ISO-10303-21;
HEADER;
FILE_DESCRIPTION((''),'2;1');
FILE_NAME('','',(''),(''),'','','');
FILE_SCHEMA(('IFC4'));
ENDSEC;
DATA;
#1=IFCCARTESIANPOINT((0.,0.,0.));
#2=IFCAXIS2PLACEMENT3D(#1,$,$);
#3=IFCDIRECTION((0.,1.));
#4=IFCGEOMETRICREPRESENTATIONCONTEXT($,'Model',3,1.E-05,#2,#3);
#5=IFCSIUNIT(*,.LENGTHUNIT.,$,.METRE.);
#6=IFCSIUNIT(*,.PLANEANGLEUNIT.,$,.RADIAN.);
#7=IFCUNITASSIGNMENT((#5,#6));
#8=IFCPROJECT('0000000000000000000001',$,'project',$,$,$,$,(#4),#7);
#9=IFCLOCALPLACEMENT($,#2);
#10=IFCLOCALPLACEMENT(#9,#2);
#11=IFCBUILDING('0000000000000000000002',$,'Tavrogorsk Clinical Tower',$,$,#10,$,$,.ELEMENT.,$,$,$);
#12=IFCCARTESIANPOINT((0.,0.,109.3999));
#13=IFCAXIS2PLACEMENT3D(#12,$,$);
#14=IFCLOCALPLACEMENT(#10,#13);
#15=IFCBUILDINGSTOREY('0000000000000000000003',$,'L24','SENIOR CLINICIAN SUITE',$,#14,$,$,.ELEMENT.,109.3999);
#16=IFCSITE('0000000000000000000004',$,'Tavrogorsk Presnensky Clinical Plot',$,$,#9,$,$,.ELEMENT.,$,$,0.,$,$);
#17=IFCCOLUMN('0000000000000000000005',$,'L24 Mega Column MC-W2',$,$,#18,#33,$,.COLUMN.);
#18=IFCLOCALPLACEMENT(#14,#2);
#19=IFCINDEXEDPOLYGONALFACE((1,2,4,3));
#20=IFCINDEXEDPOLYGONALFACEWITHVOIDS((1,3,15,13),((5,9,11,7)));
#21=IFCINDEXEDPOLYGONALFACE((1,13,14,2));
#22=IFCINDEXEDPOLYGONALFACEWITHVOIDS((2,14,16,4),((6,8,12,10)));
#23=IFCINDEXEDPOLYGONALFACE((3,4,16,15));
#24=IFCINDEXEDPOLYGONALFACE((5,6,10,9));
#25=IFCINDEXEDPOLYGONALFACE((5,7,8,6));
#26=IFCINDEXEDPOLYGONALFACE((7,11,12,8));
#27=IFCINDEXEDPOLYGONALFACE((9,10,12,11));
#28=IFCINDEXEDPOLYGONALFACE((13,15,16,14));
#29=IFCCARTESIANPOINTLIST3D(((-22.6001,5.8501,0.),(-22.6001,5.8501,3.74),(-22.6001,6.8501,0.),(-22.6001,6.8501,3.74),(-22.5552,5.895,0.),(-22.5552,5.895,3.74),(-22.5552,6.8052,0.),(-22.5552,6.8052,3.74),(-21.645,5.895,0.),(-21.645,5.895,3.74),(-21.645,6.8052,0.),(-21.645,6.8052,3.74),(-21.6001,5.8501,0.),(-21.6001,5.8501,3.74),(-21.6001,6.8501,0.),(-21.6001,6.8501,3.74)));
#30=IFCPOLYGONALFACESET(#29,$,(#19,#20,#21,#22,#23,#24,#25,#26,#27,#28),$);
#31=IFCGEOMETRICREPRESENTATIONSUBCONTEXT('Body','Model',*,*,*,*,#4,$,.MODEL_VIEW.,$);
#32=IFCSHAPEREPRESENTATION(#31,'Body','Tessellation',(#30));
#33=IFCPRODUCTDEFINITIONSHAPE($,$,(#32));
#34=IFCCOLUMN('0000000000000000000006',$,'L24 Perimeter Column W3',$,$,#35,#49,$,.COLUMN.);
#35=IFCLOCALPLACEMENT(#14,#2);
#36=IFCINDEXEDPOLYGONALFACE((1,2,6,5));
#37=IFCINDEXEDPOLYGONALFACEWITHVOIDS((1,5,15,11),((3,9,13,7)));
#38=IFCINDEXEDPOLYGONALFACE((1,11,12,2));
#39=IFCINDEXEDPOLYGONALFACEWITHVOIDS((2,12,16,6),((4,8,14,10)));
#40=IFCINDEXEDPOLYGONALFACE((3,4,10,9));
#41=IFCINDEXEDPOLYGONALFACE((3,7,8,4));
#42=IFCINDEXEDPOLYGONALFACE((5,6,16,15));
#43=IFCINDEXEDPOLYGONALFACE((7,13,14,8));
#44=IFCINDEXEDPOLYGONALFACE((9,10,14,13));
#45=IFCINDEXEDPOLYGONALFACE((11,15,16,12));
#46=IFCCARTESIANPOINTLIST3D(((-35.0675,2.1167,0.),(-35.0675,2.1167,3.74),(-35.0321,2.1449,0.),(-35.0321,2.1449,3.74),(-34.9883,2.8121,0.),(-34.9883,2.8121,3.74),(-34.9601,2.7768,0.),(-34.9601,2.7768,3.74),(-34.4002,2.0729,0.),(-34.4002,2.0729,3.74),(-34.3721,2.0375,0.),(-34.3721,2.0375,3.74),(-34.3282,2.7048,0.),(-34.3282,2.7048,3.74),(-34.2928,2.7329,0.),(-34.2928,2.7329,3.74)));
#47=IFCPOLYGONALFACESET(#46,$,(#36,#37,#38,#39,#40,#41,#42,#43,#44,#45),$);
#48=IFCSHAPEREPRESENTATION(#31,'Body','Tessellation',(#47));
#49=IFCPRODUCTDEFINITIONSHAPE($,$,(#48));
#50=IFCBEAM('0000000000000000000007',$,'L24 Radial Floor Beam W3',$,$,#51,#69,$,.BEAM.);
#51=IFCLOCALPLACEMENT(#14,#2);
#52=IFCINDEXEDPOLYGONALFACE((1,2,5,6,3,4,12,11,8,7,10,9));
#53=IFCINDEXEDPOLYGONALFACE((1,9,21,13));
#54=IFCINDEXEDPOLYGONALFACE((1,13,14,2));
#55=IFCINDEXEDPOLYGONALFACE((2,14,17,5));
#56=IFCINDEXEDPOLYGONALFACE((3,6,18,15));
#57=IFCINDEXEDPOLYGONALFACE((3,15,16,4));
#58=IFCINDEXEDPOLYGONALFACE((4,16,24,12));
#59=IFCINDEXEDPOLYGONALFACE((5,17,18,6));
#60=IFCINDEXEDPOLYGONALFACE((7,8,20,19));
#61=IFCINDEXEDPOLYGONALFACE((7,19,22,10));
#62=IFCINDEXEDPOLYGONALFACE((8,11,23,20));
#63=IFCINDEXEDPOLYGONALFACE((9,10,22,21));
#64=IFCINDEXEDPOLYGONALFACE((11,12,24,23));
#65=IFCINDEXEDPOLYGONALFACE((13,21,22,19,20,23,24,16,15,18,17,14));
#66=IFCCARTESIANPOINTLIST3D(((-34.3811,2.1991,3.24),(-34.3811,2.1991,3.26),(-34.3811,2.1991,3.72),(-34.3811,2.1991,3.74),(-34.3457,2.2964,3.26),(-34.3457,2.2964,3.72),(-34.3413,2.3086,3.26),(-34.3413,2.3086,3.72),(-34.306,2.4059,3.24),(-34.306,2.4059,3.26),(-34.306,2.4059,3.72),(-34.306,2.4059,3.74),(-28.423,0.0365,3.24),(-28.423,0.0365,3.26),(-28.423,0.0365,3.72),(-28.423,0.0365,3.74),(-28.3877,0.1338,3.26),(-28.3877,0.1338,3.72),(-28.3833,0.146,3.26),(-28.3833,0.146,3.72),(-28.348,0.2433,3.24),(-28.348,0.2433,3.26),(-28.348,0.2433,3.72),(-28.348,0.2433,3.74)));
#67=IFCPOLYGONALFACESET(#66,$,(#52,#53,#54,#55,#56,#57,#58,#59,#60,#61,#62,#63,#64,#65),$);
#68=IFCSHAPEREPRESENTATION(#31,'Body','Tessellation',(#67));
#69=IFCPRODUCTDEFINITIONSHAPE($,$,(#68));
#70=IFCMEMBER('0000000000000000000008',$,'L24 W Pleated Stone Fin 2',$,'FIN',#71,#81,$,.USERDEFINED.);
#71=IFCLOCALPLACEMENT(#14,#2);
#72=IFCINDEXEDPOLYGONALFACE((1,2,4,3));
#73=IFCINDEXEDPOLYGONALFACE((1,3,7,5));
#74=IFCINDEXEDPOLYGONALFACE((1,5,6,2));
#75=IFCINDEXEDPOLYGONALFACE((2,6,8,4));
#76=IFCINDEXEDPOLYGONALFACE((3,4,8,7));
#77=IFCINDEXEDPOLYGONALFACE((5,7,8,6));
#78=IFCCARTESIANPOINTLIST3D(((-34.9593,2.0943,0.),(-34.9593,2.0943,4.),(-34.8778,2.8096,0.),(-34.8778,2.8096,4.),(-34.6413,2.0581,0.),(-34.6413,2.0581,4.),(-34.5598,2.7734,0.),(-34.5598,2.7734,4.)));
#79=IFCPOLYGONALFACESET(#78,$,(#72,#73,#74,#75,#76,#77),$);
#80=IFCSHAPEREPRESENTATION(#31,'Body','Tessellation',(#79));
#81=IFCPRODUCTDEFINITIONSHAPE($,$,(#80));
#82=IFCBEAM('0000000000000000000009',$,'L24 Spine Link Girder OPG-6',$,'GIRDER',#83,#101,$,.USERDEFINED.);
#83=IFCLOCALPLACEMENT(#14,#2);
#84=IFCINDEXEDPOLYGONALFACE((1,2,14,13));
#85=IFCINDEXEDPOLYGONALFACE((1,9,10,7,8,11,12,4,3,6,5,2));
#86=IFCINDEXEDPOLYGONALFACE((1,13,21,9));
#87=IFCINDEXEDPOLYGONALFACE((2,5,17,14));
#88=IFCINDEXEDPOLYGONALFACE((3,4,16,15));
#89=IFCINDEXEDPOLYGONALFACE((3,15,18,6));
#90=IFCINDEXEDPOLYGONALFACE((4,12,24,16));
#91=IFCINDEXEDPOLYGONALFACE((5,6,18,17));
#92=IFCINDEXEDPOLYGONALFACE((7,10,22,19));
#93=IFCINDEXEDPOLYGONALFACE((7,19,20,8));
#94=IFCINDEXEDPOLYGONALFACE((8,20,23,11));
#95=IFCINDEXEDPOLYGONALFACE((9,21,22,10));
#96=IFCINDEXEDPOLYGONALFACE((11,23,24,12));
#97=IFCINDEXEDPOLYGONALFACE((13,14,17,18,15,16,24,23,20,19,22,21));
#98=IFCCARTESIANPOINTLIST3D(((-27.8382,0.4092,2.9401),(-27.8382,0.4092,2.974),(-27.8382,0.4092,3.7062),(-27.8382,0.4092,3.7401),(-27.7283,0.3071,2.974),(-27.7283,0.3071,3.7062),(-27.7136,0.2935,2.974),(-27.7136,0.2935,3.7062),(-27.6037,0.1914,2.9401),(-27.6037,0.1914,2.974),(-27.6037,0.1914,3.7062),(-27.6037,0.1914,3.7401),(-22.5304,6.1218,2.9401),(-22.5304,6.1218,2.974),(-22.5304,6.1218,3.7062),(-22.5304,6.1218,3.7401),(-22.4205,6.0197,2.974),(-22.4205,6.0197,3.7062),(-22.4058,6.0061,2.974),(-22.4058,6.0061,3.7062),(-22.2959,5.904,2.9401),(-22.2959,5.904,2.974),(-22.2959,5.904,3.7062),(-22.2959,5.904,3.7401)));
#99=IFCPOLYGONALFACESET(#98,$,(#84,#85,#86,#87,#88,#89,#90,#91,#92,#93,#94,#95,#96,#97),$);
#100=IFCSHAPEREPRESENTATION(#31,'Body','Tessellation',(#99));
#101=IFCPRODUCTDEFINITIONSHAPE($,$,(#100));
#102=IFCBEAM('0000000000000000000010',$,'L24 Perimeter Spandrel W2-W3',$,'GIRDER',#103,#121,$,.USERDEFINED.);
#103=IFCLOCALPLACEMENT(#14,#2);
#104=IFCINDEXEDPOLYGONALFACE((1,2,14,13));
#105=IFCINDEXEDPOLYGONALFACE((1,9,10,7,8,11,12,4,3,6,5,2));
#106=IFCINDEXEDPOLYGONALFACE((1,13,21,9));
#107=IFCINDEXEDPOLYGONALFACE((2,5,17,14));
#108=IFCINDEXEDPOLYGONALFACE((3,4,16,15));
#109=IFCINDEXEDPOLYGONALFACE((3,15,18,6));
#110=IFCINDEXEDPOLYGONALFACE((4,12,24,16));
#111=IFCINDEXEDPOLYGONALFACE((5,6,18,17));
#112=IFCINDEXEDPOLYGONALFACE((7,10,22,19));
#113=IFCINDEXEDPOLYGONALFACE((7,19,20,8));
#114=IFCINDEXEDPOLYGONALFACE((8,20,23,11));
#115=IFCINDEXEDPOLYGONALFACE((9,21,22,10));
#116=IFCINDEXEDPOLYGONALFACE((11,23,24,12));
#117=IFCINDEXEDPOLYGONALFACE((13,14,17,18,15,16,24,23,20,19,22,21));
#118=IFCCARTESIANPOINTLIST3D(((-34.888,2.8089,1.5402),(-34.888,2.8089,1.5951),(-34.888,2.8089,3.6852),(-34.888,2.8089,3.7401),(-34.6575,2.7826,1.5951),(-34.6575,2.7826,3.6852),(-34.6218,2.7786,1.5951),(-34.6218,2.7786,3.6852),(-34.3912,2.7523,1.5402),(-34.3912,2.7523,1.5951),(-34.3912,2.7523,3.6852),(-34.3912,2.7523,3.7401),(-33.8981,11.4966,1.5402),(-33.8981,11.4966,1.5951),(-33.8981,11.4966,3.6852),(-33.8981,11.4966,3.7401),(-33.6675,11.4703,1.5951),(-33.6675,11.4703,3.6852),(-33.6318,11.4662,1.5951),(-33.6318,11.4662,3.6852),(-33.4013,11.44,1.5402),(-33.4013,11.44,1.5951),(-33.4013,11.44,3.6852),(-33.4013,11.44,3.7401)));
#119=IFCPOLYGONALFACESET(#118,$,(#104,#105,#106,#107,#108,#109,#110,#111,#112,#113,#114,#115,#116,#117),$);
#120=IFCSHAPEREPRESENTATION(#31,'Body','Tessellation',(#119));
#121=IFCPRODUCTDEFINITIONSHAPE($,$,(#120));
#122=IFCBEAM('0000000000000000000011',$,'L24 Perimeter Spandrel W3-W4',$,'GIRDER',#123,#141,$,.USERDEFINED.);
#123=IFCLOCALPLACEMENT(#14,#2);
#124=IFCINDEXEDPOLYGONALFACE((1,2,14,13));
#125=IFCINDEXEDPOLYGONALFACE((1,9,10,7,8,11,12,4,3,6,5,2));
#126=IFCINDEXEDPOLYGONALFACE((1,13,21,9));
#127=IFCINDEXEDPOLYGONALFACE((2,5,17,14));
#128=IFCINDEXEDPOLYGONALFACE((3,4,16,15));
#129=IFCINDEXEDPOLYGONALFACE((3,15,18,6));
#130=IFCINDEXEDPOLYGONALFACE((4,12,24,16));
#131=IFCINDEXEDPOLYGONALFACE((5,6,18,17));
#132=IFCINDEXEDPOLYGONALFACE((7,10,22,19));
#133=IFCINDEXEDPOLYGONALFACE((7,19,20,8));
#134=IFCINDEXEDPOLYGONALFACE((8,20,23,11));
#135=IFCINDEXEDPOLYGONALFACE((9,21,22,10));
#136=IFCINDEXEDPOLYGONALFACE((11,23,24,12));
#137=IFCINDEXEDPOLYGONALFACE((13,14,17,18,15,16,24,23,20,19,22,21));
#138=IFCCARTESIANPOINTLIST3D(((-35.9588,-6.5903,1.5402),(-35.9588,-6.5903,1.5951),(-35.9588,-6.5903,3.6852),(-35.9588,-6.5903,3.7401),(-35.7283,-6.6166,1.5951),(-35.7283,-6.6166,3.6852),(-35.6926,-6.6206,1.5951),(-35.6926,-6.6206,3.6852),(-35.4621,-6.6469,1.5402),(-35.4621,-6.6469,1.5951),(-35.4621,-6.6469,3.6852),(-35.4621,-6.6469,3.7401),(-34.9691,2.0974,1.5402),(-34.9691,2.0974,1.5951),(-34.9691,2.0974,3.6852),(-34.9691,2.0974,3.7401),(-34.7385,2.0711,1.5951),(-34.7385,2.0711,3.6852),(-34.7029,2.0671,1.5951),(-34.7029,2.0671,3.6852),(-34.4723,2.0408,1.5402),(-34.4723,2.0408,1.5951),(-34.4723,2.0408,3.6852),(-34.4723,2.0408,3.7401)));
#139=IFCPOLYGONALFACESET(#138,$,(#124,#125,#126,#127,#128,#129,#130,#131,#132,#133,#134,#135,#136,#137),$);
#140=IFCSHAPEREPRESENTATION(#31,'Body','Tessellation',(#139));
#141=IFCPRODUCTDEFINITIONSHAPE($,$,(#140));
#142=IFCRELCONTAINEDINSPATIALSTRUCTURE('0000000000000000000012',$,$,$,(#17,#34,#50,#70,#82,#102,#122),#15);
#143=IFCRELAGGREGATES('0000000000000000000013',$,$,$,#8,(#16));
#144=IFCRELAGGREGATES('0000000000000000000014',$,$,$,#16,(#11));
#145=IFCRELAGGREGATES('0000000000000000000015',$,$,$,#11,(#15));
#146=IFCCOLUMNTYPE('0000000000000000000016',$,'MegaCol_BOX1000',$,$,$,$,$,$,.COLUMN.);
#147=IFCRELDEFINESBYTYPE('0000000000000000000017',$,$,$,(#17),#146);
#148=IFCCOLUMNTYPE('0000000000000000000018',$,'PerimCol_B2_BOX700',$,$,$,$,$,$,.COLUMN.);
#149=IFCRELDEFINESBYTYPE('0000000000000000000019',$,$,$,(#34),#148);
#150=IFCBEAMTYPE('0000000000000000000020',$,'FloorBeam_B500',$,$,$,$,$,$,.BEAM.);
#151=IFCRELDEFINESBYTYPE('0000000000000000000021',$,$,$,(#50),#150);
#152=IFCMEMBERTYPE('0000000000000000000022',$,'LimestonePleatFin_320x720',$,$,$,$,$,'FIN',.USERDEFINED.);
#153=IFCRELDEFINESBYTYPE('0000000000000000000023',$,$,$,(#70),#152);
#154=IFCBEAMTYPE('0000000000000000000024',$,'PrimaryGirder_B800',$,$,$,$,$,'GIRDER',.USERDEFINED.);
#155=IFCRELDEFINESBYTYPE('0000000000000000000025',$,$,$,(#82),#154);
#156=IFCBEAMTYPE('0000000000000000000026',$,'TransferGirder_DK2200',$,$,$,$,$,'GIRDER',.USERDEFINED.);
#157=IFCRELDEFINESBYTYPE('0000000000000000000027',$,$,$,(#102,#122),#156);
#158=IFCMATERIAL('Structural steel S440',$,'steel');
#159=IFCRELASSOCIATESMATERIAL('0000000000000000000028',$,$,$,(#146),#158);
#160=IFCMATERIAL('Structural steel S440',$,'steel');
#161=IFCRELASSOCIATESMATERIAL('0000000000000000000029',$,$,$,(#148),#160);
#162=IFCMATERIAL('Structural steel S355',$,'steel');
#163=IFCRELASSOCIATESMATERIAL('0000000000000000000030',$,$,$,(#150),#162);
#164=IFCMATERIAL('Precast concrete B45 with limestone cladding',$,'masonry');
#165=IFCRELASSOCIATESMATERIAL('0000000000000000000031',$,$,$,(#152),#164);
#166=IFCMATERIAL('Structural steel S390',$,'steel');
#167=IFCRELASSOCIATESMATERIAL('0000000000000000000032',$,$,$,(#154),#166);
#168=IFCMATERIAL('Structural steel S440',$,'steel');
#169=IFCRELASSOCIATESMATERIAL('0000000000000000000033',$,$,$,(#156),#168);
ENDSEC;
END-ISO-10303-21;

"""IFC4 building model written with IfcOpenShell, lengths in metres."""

from ifc_helpers import new_model, si_unit, direction, frame, origin, origin_2d, place, context, subcontext, project, spatial, rectangle, hollow_rectangle, i_section, extrude, material, material_profile, profile_set, type_object, element, save


model = new_model("IFC4")

# Units and contexts
model_context = context("Model", 3, precision=1e-05, world=origin(), true_north=direction((0.0, 1.0)))
body_context = subcontext(model_context, "Body", "Model", "MODEL_VIEW")
ifc_project = project(units=[si_unit("LENGTHUNIT", "METRE"), si_unit("PLANEANGLEUNIT", "RADIAN")], contexts=[model_context])

# Site, building, storey
site_placement = place(None, origin())
site = spatial("IfcSite", under=ifc_project, at=site_placement, Name="Tavrogorsk Presnensky Clinical Plot", CompositionType="ELEMENT", RefElevation=0.0)
building_placement = place(site_placement, origin())
building = spatial("IfcBuilding", under=site, at=building_placement, Name="Tavrogorsk Clinical Tower", CompositionType="ELEMENT")
storey_placement = place(building_placement, frame((0.0, 0.0, 109.3999)))
storey = spatial("IfcBuildingStorey", under=building, at=storey_placement, Name="L24", Description="SENIOR CLINICIAN SUITE", CompositionType="ELEMENT", Elevation=109.3999)

# Columns
ifc_material_1 = material(Name="Structural steel S440", Category="steel")
ifc_material_profile_1 = material_profile(ifc_material_1, hollow_rectangle(XDim=1.0, YDim=1.0, WallThickness=0.0449, at=origin_2d()), Name="BOX-1000x1000x45")
ifc_profile_set_1 = profile_set([ifc_material_profile_1], Name="Structural steel S440")
column_type_1 = type_object("IfcColumnType", Name="MegaCol_BOX1000", PredefinedType="COLUMN", material=ifc_profile_set_1)
column_1_placement = place(storey_placement, frame((-22.1001, 6.3501, 0.0), z_axis=(0.0, 0.0, 1.0), x_axis=(1.0, 0.0, 0.0)))
element("IfcColumn", 1, at=column_1_placement, inside=storey, type_object=column_type_1, Name="L24 Mega Column MC-W2", PredefinedType="COLUMN", context=body_context, shape_type="SweptSolid", body=[
    extrude(hollow_rectangle(XDim=1.0, YDim=1.0, WallThickness=0.0449, at=origin_2d()), origin(), (0.0, 0.0, 1.0), 3.74),
])
ifc_material_2 = material(Name="Structural steel S440", Category="steel")
ifc_material_profile_2 = material_profile(ifc_material_2, hollow_rectangle(XDim=0.7, YDim=0.7, WallThickness=0.032, at=origin_2d()), Name="BOX-700x700x32")
ifc_profile_set_2 = profile_set([ifc_material_profile_2], Name="Structural steel S440")
column_type_2 = type_object("IfcColumnType", Name="PerimCol_B2_BOX700", PredefinedType="COLUMN", material=ifc_profile_set_2)
column_2_placement = place(storey_placement, frame((-34.6802, 2.4248, 0.0), z_axis=(0.0, 0.0, 1.0), x_axis=(0.993572, -0.113203, 0.0)))
element("IfcColumn", 2, at=column_2_placement, inside=storey, type_object=column_type_2, Name="L24 Perimeter Column W3", PredefinedType="COLUMN", context=body_context, shape_type="SweptSolid", body=[
    extrude(hollow_rectangle(XDim=0.7, YDim=0.7, WallThickness=0.032, at=origin_2d()), origin(), (0.0, 0.0, 1.0), 3.74),
])

# Beam
ifc_material_3 = material(Name="Structural steel S355", Category="steel")
ifc_material_profile_3 = material_profile(ifc_material_3, i_section(OverallWidth=0.22, OverallDepth=0.5, WebThickness=0.0129, FlangeThickness=0.02, at=origin_2d()), Name="B-500x220x13x20")
ifc_profile_set_3 = profile_set([ifc_material_profile_3], Name="Structural steel S355")
beam_type_1 = type_object("IfcBeamType", Name="FloorBeam_B500", PredefinedType="BEAM", material=ifc_profile_set_3)
beam_1_placement = place(storey_placement, frame((-28.3855, 0.1399, 3.49), z_axis=(-0.939993, 0.341193, 0.0), x_axis=(-0.341193, -0.939993, 0.0)))
element("IfcBeam", 3, at=beam_1_placement, inside=storey, type_object=beam_type_1, Name="L24 Radial Floor Beam W3", PredefinedType="BEAM", context=body_context, shape_type="SweptSolid", body=[
    extrude(i_section(OverallWidth=0.22, OverallDepth=0.5, WebThickness=0.0129, FlangeThickness=0.02, at=origin_2d()), origin(), (0.0, 0.0, 1.0), 6.3384),
])

# Member
ifc_material_4 = material(Name="Precast concrete B45 with limestone cladding", Category="masonry")
ifc_material_profile_4 = material_profile(ifc_material_4, rectangle(XDim=0.3201, YDim=0.72, at=origin_2d()), Name="LIMESTONE-FIN-320x720")
ifc_profile_set_4 = profile_set([ifc_material_profile_4], Name="Precast concrete B45 with limestone cladding")
member_type = type_object("IfcMemberType", Name="LimestonePleatFin_320x720", ElementType="FIN", PredefinedType="USERDEFINED", material=ifc_profile_set_4)
member_placement = place(storey_placement, frame((-34.7595, 2.4338, 0.0), z_axis=(0.0, 0.0, 1.0), x_axis=(0.993572, -0.113203, 0.0)))
element("IfcMember", 4, at=member_placement, inside=storey, type_object=member_type, Name="L24 W Pleated Stone Fin 2", ObjectType="FIN", PredefinedType="USERDEFINED", context=body_context, shape_type="SweptSolid", body=[
    extrude(rectangle(XDim=0.3201, YDim=0.72, at=origin_2d()), origin(), (0.0, 0.0, 1.0), 4.0),
])

# Beams
ifc_material_5 = material(Name="Structural steel S390", Category="steel")
ifc_material_profile_5 = material_profile(ifc_material_5, i_section(OverallWidth=0.3201, OverallDepth=0.8, WebThickness=0.02, FlangeThickness=0.0339, at=origin_2d()), Name="B-800x320x20x34")
ifc_profile_set_5 = profile_set([ifc_material_profile_5], Name="Structural steel S390")
beam_type_2 = type_object("IfcBeamType", Name="PrimaryGirder_B800", ElementType="GIRDER", PredefinedType="USERDEFINED", material=ifc_profile_set_5)
beam_2_placement = place(storey_placement, frame((-27.7209, 0.3003, 3.3401), z_axis=(0.680676, 0.732585, 0.0), x_axis=(-0.732585, 0.680676, 0.0)))
element("IfcBeam", 5, at=beam_2_placement, inside=storey, type_object=beam_type_2, Name="L24 Spine Link Girder OPG-6", ObjectType="GIRDER", PredefinedType="USERDEFINED", context=body_context, shape_type="SweptSolid", body=[
    extrude(i_section(OverallWidth=0.3201, OverallDepth=0.8, WebThickness=0.02, FlangeThickness=0.0339, at=origin_2d()), origin(), (0.0, 0.0, 1.0), 7.7979),
])
ifc_material_6 = material(Name="Structural steel S440", Category="steel")
ifc_material_profile_6 = material_profile(ifc_material_6, i_section(OverallWidth=0.5, OverallDepth=2.2, WebThickness=0.0359, FlangeThickness=0.0549, at=origin_2d()), Name="DK-2200x500x36x55")
ifc_profile_set_6 = profile_set([ifc_material_profile_6], Name="Structural steel S440")
beam_type_3 = type_object("IfcBeamType", Name="TransferGirder_DK2200", ElementType="GIRDER", PredefinedType="USERDEFINED", material=ifc_profile_set_6)
for number, where, z_axis, x_axis, name in (
    (6, (-33.6497, 11.4683, 2.6401), (-0.11322, -0.99357, 0.0), (0.99357, -0.11322, 0.0), "L24 Perimeter Spandrel W2-W3"),
    (7, (-34.7207, 2.0691, 2.6401), (-0.113192, -0.993573, 0.0), (0.993573, -0.113192, 0.0), "L24 Perimeter Spandrel W3-W4"),
):
    element("IfcBeam", number, at=place(storey_placement, frame(where, z_axis=z_axis, x_axis=x_axis)), inside=storey, type_object=beam_type_3, Name=name, ObjectType="GIRDER", PredefinedType="USERDEFINED", context=body_context, shape_type="SweptSolid", body=[
        extrude(i_section(OverallWidth=0.5, OverallDepth=2.2, WebThickness=0.0359, FlangeThickness=0.0549, at=origin_2d()), origin(), (0.0, 0.0, 1.0), 8.7439),
    ])

save(model, "model.ifc")
